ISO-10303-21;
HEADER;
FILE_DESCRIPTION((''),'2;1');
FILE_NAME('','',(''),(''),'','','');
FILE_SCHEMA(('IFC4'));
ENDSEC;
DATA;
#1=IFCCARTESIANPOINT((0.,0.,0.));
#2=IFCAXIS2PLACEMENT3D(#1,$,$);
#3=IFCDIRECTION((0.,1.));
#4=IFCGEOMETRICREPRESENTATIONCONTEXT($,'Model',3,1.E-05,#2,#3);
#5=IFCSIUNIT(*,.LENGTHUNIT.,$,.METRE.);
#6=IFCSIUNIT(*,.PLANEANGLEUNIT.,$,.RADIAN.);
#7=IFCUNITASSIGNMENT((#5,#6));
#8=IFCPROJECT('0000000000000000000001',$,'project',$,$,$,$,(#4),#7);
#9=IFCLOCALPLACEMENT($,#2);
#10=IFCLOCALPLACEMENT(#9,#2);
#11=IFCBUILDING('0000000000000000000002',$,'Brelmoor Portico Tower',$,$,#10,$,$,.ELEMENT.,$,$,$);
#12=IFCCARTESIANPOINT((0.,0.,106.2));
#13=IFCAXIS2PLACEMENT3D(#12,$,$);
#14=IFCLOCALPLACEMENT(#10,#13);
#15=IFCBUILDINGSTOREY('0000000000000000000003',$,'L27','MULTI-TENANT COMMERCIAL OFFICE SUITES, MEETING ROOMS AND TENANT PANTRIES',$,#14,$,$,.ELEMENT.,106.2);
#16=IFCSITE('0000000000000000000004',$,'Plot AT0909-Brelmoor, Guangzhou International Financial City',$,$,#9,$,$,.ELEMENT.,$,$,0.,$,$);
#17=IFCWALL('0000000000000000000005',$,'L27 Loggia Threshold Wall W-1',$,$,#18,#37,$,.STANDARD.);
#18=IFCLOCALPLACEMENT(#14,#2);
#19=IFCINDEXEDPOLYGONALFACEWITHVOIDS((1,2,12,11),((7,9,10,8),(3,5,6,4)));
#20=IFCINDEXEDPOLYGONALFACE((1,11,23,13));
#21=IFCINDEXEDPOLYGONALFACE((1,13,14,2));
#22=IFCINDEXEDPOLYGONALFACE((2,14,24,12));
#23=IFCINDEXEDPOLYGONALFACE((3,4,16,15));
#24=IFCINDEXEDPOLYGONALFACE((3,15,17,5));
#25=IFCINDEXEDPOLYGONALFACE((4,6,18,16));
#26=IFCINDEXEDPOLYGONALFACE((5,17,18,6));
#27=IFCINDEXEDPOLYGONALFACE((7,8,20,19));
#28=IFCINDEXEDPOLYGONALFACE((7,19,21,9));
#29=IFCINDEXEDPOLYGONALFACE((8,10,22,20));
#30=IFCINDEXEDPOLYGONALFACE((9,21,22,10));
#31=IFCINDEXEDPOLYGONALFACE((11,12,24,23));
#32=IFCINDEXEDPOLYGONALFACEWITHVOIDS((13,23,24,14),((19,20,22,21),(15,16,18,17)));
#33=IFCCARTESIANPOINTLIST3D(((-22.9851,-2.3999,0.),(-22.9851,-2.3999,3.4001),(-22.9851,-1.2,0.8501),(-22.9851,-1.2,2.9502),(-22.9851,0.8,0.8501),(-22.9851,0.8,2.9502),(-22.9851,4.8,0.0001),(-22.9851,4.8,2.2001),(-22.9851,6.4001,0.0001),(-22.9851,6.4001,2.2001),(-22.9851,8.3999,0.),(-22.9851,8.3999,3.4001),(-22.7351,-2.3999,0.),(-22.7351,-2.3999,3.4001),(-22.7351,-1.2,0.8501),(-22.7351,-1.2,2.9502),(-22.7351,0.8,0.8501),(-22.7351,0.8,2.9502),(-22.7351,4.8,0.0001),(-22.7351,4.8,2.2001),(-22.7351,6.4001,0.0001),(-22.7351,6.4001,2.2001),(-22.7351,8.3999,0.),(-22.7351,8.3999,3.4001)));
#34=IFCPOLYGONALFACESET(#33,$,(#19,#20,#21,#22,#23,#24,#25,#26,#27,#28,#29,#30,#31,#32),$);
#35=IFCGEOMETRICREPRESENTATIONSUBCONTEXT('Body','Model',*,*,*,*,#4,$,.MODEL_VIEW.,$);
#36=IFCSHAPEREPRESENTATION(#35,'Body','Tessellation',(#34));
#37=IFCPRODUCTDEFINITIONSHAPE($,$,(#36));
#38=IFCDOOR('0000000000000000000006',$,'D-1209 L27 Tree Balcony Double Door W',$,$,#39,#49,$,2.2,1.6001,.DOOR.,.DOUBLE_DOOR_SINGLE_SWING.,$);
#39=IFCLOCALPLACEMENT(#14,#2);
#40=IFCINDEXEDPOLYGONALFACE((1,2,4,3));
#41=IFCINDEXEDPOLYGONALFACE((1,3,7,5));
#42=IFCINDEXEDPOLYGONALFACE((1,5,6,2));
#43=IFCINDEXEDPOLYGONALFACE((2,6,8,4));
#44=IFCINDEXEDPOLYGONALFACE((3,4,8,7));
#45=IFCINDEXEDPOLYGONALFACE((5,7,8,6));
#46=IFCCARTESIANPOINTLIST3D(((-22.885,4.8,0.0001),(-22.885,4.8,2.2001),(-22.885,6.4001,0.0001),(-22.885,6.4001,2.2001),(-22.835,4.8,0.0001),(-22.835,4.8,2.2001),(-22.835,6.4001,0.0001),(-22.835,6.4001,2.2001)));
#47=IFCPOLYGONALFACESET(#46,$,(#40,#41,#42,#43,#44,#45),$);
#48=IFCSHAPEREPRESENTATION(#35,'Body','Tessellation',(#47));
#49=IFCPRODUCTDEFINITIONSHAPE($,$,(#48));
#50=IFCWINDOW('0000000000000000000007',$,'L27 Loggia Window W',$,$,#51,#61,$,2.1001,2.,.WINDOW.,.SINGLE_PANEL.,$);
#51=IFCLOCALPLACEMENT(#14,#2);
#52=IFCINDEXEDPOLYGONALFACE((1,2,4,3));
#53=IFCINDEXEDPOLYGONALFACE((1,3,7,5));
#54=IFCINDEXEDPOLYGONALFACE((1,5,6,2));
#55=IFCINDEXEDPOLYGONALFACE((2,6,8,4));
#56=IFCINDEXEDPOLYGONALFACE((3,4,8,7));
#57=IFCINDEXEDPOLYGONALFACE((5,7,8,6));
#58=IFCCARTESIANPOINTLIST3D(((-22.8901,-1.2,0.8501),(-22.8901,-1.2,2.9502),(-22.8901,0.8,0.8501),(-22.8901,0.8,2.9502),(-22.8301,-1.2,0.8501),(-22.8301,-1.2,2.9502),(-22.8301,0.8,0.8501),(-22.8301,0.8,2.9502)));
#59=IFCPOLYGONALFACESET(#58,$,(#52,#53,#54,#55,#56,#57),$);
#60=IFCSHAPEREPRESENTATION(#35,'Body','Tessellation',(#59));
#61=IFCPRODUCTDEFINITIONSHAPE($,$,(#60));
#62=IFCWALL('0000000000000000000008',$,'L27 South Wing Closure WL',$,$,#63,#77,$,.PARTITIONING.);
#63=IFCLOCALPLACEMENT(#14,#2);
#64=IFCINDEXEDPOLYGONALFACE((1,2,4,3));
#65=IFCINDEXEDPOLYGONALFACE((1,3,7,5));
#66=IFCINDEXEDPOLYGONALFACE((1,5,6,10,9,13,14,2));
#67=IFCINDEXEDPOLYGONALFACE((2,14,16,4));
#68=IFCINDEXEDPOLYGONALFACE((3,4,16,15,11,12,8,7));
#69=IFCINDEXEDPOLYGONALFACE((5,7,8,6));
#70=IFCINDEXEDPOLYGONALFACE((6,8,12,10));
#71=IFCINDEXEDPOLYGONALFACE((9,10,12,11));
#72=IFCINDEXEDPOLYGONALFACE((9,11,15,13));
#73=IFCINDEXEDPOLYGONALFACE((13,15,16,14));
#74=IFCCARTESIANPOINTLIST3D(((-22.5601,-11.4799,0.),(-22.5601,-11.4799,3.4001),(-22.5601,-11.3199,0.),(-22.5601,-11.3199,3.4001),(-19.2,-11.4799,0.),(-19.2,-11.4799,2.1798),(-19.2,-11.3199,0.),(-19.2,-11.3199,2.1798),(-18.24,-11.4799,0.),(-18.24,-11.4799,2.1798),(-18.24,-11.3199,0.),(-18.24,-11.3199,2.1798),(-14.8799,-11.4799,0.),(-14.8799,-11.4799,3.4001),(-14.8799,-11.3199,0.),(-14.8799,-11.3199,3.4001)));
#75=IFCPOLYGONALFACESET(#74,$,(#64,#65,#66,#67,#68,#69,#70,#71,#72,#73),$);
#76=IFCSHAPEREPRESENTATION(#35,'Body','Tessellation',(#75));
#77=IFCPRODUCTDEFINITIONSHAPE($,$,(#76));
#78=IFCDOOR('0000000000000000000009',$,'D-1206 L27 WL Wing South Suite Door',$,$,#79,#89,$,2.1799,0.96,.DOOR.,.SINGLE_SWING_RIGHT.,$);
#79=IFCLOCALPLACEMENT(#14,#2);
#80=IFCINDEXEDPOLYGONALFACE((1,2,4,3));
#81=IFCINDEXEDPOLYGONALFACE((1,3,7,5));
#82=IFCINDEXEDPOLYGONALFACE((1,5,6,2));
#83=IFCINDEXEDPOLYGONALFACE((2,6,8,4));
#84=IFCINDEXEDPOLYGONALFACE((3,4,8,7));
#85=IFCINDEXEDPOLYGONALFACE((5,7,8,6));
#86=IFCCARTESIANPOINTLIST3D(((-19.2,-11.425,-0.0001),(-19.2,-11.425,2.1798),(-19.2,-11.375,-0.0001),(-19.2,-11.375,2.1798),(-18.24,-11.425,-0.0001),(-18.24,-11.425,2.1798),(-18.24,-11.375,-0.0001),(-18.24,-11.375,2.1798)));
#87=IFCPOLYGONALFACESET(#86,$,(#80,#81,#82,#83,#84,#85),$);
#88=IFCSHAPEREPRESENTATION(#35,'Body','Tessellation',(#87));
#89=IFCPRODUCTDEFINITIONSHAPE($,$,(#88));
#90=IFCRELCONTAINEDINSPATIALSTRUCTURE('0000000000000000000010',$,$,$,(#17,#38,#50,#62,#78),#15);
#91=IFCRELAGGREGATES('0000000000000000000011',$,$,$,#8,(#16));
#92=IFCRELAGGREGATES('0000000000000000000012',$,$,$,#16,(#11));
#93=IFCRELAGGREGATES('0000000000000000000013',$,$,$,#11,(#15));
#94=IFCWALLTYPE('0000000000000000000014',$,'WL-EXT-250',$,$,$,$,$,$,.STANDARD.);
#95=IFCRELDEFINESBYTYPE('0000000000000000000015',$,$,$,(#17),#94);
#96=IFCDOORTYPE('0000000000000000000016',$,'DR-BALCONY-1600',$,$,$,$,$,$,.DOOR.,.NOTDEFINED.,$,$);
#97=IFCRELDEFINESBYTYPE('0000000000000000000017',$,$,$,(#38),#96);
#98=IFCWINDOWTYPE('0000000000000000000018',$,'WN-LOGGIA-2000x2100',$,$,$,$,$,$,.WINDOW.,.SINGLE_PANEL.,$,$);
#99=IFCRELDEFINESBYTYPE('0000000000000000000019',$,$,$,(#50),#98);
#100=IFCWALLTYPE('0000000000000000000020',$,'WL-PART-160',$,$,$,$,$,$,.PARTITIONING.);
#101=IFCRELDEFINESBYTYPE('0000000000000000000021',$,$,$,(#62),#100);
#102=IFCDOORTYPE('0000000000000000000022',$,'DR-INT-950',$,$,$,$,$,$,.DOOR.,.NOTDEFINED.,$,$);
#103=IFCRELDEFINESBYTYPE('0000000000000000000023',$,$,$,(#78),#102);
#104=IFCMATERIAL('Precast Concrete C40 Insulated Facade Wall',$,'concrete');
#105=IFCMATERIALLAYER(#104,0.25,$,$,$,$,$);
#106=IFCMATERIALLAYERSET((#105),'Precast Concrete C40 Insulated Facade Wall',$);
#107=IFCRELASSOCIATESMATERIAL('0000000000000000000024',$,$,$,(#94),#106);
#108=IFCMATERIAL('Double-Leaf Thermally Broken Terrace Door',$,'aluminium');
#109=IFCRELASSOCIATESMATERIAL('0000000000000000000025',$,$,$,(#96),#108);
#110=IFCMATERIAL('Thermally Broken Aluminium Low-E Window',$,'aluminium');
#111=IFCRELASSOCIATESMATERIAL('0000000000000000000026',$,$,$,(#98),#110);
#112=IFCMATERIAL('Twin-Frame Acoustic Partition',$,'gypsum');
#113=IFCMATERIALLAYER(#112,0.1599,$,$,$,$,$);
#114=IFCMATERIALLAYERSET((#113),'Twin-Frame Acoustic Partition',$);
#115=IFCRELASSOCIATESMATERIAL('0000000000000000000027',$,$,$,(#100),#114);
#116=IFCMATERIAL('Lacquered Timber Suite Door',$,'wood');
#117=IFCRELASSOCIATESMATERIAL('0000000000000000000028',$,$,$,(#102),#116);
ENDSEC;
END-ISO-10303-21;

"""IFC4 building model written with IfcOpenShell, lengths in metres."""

from ifc_helpers import new_model, si_unit, direction, frame, frame_2d, origin, place, context, subcontext, project, spatial, rectangle, extrude, material, layer, layer_set, type_object, element, fill, save


model = new_model("IFC4")

# Units and contexts
model_context = context("Model", 3, precision=1e-05, world=origin(), true_north=direction((0.0, 1.0)))
body_context = subcontext(model_context, "Body", "Model", "MODEL_VIEW")
ifc_project = project(units=[si_unit("LENGTHUNIT", "METRE"), si_unit("PLANEANGLEUNIT", "RADIAN")], contexts=[model_context])

# Site, building, storey
site_placement = place(None, origin())
site = spatial("IfcSite", under=ifc_project, at=site_placement, Name="Plot AT0909-Brelmoor, Guangzhou International Financial City", CompositionType="ELEMENT", RefElevation=0.0)
building_placement = place(site_placement, origin())
building = spatial("IfcBuilding", under=site, at=building_placement, Name="Brelmoor Portico Tower", CompositionType="ELEMENT")
storey_placement = place(building_placement, frame((0.0, 0.0, 106.2)))
storey = spatial("IfcBuildingStorey", under=building, at=storey_placement, Name="L27", Description="MULTI-TENANT COMMERCIAL OFFICE SUITES, MEETING ROOMS AND TENANT PANTRIES", CompositionType="ELEMENT", Elevation=106.2)

# Wall, openings, door, window
ifc_material_1 = material(Name="Precast Concrete C40 Insulated Facade Wall", Category="concrete")
ifc_layer_1 = layer(ifc_material_1, 0.25)
ifc_layer_set_1 = layer_set([ifc_layer_1], Name="Precast Concrete C40 Insulated Facade Wall")
wall_type_1 = type_object("IfcWallType", Name="WL-EXT-250", PredefinedType="STANDARD", material=ifc_layer_set_1)
wall_1_placement = place(storey_placement, frame((-22.8601, -2.3999, 0.0), z_axis=(0.0, 0.0, 1.0), x_axis=(0.0, 1.0, 0.0)))
wall_1 = element("IfcWall", 1, at=wall_1_placement, inside=storey, type_object=wall_type_1, Name="L27 Loggia Threshold Wall W-1", PredefinedType="STANDARD", context=body_context, shape_type="SweptSolid", body=[
    extrude(rectangle(XDim=10.7998, YDim=0.25, at=frame_2d((5.3999, 0.0))), origin(), (0.0, 0.0, 1.0), 3.4001),
])
opening_1_placement = place(wall_1_placement, frame((7.2, 0.0, 0.0)))
opening_1 = element("IfcOpeningElement", 2, at=opening_1_placement, cuts=wall_1, PredefinedType="OPENING", context=body_context, shape_type="SweptSolid", body=[
    extrude(rectangle(XDim=1.6001, YDim=2.2, at=frame_2d((0.8, 1.1001))), frame((0.0, 0.135, 0.0), z_axis=(0.0, -1.0, 0.0), x_axis=(1.0, 0.0, 0.0)), (0.0, 0.0, 1.0), 0.27),
])
opening_2_placement = place(wall_1_placement, frame((1.2, 0.0, 0.8501)))
opening_2 = element("IfcOpeningElement", 3, at=opening_2_placement, cuts=wall_1, PredefinedType="OPENING", context=body_context, shape_type="SweptSolid", body=[
    extrude(rectangle(XDim=2.0, YDim=2.1001, at=frame_2d((1.0, 1.05))), frame((0.0, 0.135, 0.0), z_axis=(0.0, -1.0, 0.0), x_axis=(1.0, 0.0, 0.0)), (0.0, 0.0, 1.0), 0.27),
])
ifc_material_2 = material(Name="Double-Leaf Thermally Broken Terrace Door", Category="aluminium")
door_type_1 = type_object("IfcDoorType", Name="DR-BALCONY-1600", OperationType="NOTDEFINED", PredefinedType="DOOR", material=ifc_material_2)
door_1_placement = place(opening_1_placement, origin())
door_1 = element("IfcDoor", 4, at=door_1_placement, inside=storey, type_object=door_type_1, Name="D-1209 L27 Tree Balcony Double Door W", OperationType="DOUBLE_DOOR_SINGLE_SWING", OverallHeight=2.2, OverallWidth=1.6001, PredefinedType="DOOR", context=body_context, shape_type="SweptSolid", body=[
    extrude(rectangle(XDim=1.6001, YDim=2.2, at=frame_2d((0.8, 1.1001))), frame((0.0, 0.0249, 0.0), z_axis=(0.0, -1.0, 0.0), x_axis=(1.0, 0.0, 0.0)), (0.0, 0.0, 1.0), 0.05),
])
fill(opening_1, door_1)
ifc_material_3 = material(Name="Thermally Broken Aluminium Low-E Window", Category="aluminium")
window_type = type_object("IfcWindowType", Name="WN-LOGGIA-2000x2100", PartitioningType="SINGLE_PANEL", PredefinedType="WINDOW", material=ifc_material_3)
window_placement = place(opening_2_placement, origin())
window = element("IfcWindow", 5, at=window_placement, inside=storey, type_object=window_type, Name="L27 Loggia Window W", OverallHeight=2.1001, OverallWidth=2.0, PartitioningType="SINGLE_PANEL", PredefinedType="WINDOW", context=body_context, shape_type="SweptSolid", body=[
    extrude(rectangle(XDim=2.0, YDim=2.1001, at=frame_2d((1.0, 1.05))), frame((0.0, 0.03, 0.0), z_axis=(0.0, -1.0, 0.0), x_axis=(1.0, 0.0, 0.0)), (0.0, 0.0, 1.0), 0.0601),
])
fill(opening_2, window)

# Wall, opening, door
ifc_material_4 = material(Name="Twin-Frame Acoustic Partition", Category="gypsum")
ifc_layer_2 = layer(ifc_material_4, 0.1599)
ifc_layer_set_2 = layer_set([ifc_layer_2], Name="Twin-Frame Acoustic Partition")
wall_type_2 = type_object("IfcWallType", Name="WL-PART-160", PredefinedType="PARTITIONING", material=ifc_layer_set_2)
wall_2_placement = place(storey_placement, frame((-22.5601, -11.3999, 0.0), z_axis=(0.0, 0.0, 1.0), x_axis=(1.0, 0.0, 0.0)))
wall_2 = element("IfcWall", 6, at=wall_2_placement, inside=storey, type_object=wall_type_2, Name="L27 South Wing Closure WL", PredefinedType="PARTITIONING", context=body_context, shape_type="SweptSolid", body=[
    extrude(rectangle(XDim=7.6802, YDim=0.1599, at=frame_2d((3.8401, 0.0))), origin(), (0.0, 0.0, 1.0), 3.4001),
])
opening_3_placement = place(wall_2_placement, frame((3.3601, 0.0, 0.0)))
opening_3 = element("IfcOpeningElement", 7, at=opening_3_placement, cuts=wall_2, PredefinedType="OPENING", context=body_context, shape_type="SweptSolid", body=[
    extrude(rectangle(XDim=0.96, YDim=2.1799, at=frame_2d((0.48, 1.0898))), frame((0.0, 0.0898, 0.0), z_axis=(0.0, -1.0, 0.0), x_axis=(1.0, 0.0, 0.0)), (0.0, 0.0, 1.0), 0.1799),
])
ifc_material_5 = material(Name="Lacquered Timber Suite Door", Category="wood")
door_type_2 = type_object("IfcDoorType", Name="DR-INT-950", OperationType="NOTDEFINED", PredefinedType="DOOR", material=ifc_material_5)
door_2_placement = place(opening_3_placement, origin())
door_2 = element("IfcDoor", 8, at=door_2_placement, inside=storey, type_object=door_type_2, Name="D-1206 L27 WL Wing South Suite Door", OperationType="SINGLE_SWING_RIGHT", OverallHeight=2.1799, OverallWidth=0.96, PredefinedType="DOOR", context=body_context, shape_type="SweptSolid", body=[
    extrude(rectangle(XDim=0.96, YDim=2.1799, at=frame_2d((0.48, 1.0898))), frame((0.0, 0.0249, 0.0), z_axis=(0.0, -1.0, 0.0), x_axis=(1.0, 0.0, 0.0)), (0.0, 0.0, 1.0), 0.05),
])
fill(opening_3, door_2)

save(model, "model.ifc")
